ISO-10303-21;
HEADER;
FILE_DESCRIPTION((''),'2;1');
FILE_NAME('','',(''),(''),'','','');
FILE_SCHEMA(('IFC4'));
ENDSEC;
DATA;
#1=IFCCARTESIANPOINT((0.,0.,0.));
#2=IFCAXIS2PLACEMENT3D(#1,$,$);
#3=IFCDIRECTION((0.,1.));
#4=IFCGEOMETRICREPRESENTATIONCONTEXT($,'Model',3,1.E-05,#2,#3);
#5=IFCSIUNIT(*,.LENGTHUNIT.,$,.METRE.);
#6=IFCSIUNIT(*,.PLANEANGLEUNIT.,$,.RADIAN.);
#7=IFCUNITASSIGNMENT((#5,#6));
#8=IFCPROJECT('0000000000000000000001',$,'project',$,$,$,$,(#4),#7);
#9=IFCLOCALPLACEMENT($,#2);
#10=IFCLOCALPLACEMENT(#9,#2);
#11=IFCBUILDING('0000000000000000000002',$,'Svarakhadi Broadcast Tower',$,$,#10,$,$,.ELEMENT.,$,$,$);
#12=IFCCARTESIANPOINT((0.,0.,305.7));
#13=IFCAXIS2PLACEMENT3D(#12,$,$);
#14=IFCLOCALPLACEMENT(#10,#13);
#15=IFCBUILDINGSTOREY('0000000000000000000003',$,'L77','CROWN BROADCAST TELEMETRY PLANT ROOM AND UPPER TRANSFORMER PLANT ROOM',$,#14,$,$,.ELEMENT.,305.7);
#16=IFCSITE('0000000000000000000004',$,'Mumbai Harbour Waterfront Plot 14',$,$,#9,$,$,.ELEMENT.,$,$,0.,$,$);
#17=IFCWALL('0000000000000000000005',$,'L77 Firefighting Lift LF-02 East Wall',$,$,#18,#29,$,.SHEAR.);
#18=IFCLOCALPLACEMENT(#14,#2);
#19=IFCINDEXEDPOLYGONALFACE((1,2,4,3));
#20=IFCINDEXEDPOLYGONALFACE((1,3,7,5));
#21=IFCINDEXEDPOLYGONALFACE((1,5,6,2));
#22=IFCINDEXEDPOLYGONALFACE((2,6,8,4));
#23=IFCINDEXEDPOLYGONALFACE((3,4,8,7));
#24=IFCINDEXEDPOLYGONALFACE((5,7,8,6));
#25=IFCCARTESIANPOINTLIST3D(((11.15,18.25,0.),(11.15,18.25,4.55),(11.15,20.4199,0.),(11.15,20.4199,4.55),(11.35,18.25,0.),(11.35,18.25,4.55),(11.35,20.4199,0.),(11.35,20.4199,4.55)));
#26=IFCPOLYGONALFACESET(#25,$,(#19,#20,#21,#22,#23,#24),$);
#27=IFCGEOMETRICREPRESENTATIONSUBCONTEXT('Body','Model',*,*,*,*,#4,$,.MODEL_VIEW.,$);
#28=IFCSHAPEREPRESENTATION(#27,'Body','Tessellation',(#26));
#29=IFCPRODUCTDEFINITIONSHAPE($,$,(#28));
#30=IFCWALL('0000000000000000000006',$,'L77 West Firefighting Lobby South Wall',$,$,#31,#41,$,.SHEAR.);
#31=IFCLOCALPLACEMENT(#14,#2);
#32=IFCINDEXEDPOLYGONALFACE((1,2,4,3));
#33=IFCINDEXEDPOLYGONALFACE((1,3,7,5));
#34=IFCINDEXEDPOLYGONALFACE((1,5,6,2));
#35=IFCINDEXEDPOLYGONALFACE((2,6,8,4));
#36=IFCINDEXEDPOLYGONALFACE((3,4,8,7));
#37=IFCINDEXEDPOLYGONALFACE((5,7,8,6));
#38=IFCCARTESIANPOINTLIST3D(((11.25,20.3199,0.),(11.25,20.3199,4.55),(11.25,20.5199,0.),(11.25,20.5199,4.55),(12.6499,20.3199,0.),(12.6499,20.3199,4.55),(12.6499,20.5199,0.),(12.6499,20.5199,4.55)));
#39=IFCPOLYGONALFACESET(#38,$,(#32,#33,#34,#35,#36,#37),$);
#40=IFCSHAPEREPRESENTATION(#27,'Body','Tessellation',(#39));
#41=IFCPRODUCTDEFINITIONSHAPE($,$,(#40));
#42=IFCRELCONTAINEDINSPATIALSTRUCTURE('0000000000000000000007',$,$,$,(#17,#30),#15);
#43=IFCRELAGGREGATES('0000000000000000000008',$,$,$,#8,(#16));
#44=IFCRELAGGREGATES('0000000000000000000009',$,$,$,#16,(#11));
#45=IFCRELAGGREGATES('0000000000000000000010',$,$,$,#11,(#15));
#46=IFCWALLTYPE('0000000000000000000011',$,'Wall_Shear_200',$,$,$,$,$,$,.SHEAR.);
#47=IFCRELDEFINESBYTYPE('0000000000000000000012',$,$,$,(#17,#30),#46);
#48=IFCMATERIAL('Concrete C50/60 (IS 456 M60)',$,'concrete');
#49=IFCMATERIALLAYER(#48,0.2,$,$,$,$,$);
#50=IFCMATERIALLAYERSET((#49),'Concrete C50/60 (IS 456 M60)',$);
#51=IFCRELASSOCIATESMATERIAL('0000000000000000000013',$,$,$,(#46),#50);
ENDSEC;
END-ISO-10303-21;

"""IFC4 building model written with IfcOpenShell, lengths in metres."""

from ifc_helpers import new_model, si_unit, direction, frame, frame_2d, origin, place, context, subcontext, project, spatial, rectangle, extrude, material, layer, layer_set, type_object, element, save


model = new_model("IFC4")

# Units and contexts
model_context = context("Model", 3, precision=1e-05, world=origin(), true_north=direction((0.0, 1.0)))
body_context = subcontext(model_context, "Body", "Model", "MODEL_VIEW")
ifc_project = project(units=[si_unit("LENGTHUNIT", "METRE"), si_unit("PLANEANGLEUNIT", "RADIAN")], contexts=[model_context])

# Site, building, storey
site_placement = place(None, origin())
site = spatial("IfcSite", under=ifc_project, at=site_placement, Name="Mumbai Harbour Waterfront Plot 14", CompositionType="ELEMENT", RefElevation=0.0)
building_placement = place(site_placement, origin())
building = spatial("IfcBuilding", under=site, at=building_placement, Name="Svarakhadi Broadcast Tower", CompositionType="ELEMENT")
storey_placement = place(building_placement, frame((0.0, 0.0, 305.7)))
storey = spatial("IfcBuildingStorey", under=building, at=storey_placement, Name="L77", Description="CROWN BROADCAST TELEMETRY PLANT ROOM AND UPPER TRANSFORMER PLANT ROOM", CompositionType="ELEMENT", Elevation=305.7)

# Shared definitions
ifc_material_1 = material(Name="Concrete C50/60 (IS 456 M60)", Category="concrete")

# Shared definitions
ifc_layer_1 = layer(ifc_material_1, 0.2)
ifc_layer_set_1 = layer_set([ifc_layer_1], Name="Concrete C50/60 (IS 456 M60)")
wall_type_1 = type_object("IfcWallType", Name="Wall_Shear_200", PredefinedType="SHEAR", material=ifc_layer_set_1)

# Walls
for number, where, z_axis, x_axis, name in (
    (1, (11.25, 18.25, 0.0), (0.0, 0.0, 1.0), (0.0, 1.0, 0.0), "L77 Firefighting Lift LF-02 East Wall"),
):
    element("IfcWall", number, at=place(storey_placement, frame(where, z_axis=z_axis, x_axis=x_axis)), inside=storey, type_object=wall_type_1, Name=name, PredefinedType="SHEAR", context=body_context, shape_type="SweptSolid", body=[
        extrude(rectangle(XDim=2.1699, YDim=0.2, at=frame_2d((1.085, 0.0))), origin(), (0.0, 0.0, 1.0), 4.55),
    ])
wall_1_placement = place(storey_placement, frame((11.25, 20.4199, 0.0), z_axis=(0.0, 0.0, 1.0), x_axis=(1.0, 0.0, 0.0)))
element("IfcWall", 2, at=wall_1_placement, inside=storey, type_object=wall_type_1, Name="L77 West Firefighting Lobby South Wall", PredefinedType="SHEAR", context=body_context, shape_type="SweptSolid", body=[
    extrude(rectangle(XDim=1.3999, YDim=0.2, at=frame_2d((0.7, 0.0))), origin(), (0.0, 0.0, 1.0), 4.55),
])

save(model, "model.ifc")
